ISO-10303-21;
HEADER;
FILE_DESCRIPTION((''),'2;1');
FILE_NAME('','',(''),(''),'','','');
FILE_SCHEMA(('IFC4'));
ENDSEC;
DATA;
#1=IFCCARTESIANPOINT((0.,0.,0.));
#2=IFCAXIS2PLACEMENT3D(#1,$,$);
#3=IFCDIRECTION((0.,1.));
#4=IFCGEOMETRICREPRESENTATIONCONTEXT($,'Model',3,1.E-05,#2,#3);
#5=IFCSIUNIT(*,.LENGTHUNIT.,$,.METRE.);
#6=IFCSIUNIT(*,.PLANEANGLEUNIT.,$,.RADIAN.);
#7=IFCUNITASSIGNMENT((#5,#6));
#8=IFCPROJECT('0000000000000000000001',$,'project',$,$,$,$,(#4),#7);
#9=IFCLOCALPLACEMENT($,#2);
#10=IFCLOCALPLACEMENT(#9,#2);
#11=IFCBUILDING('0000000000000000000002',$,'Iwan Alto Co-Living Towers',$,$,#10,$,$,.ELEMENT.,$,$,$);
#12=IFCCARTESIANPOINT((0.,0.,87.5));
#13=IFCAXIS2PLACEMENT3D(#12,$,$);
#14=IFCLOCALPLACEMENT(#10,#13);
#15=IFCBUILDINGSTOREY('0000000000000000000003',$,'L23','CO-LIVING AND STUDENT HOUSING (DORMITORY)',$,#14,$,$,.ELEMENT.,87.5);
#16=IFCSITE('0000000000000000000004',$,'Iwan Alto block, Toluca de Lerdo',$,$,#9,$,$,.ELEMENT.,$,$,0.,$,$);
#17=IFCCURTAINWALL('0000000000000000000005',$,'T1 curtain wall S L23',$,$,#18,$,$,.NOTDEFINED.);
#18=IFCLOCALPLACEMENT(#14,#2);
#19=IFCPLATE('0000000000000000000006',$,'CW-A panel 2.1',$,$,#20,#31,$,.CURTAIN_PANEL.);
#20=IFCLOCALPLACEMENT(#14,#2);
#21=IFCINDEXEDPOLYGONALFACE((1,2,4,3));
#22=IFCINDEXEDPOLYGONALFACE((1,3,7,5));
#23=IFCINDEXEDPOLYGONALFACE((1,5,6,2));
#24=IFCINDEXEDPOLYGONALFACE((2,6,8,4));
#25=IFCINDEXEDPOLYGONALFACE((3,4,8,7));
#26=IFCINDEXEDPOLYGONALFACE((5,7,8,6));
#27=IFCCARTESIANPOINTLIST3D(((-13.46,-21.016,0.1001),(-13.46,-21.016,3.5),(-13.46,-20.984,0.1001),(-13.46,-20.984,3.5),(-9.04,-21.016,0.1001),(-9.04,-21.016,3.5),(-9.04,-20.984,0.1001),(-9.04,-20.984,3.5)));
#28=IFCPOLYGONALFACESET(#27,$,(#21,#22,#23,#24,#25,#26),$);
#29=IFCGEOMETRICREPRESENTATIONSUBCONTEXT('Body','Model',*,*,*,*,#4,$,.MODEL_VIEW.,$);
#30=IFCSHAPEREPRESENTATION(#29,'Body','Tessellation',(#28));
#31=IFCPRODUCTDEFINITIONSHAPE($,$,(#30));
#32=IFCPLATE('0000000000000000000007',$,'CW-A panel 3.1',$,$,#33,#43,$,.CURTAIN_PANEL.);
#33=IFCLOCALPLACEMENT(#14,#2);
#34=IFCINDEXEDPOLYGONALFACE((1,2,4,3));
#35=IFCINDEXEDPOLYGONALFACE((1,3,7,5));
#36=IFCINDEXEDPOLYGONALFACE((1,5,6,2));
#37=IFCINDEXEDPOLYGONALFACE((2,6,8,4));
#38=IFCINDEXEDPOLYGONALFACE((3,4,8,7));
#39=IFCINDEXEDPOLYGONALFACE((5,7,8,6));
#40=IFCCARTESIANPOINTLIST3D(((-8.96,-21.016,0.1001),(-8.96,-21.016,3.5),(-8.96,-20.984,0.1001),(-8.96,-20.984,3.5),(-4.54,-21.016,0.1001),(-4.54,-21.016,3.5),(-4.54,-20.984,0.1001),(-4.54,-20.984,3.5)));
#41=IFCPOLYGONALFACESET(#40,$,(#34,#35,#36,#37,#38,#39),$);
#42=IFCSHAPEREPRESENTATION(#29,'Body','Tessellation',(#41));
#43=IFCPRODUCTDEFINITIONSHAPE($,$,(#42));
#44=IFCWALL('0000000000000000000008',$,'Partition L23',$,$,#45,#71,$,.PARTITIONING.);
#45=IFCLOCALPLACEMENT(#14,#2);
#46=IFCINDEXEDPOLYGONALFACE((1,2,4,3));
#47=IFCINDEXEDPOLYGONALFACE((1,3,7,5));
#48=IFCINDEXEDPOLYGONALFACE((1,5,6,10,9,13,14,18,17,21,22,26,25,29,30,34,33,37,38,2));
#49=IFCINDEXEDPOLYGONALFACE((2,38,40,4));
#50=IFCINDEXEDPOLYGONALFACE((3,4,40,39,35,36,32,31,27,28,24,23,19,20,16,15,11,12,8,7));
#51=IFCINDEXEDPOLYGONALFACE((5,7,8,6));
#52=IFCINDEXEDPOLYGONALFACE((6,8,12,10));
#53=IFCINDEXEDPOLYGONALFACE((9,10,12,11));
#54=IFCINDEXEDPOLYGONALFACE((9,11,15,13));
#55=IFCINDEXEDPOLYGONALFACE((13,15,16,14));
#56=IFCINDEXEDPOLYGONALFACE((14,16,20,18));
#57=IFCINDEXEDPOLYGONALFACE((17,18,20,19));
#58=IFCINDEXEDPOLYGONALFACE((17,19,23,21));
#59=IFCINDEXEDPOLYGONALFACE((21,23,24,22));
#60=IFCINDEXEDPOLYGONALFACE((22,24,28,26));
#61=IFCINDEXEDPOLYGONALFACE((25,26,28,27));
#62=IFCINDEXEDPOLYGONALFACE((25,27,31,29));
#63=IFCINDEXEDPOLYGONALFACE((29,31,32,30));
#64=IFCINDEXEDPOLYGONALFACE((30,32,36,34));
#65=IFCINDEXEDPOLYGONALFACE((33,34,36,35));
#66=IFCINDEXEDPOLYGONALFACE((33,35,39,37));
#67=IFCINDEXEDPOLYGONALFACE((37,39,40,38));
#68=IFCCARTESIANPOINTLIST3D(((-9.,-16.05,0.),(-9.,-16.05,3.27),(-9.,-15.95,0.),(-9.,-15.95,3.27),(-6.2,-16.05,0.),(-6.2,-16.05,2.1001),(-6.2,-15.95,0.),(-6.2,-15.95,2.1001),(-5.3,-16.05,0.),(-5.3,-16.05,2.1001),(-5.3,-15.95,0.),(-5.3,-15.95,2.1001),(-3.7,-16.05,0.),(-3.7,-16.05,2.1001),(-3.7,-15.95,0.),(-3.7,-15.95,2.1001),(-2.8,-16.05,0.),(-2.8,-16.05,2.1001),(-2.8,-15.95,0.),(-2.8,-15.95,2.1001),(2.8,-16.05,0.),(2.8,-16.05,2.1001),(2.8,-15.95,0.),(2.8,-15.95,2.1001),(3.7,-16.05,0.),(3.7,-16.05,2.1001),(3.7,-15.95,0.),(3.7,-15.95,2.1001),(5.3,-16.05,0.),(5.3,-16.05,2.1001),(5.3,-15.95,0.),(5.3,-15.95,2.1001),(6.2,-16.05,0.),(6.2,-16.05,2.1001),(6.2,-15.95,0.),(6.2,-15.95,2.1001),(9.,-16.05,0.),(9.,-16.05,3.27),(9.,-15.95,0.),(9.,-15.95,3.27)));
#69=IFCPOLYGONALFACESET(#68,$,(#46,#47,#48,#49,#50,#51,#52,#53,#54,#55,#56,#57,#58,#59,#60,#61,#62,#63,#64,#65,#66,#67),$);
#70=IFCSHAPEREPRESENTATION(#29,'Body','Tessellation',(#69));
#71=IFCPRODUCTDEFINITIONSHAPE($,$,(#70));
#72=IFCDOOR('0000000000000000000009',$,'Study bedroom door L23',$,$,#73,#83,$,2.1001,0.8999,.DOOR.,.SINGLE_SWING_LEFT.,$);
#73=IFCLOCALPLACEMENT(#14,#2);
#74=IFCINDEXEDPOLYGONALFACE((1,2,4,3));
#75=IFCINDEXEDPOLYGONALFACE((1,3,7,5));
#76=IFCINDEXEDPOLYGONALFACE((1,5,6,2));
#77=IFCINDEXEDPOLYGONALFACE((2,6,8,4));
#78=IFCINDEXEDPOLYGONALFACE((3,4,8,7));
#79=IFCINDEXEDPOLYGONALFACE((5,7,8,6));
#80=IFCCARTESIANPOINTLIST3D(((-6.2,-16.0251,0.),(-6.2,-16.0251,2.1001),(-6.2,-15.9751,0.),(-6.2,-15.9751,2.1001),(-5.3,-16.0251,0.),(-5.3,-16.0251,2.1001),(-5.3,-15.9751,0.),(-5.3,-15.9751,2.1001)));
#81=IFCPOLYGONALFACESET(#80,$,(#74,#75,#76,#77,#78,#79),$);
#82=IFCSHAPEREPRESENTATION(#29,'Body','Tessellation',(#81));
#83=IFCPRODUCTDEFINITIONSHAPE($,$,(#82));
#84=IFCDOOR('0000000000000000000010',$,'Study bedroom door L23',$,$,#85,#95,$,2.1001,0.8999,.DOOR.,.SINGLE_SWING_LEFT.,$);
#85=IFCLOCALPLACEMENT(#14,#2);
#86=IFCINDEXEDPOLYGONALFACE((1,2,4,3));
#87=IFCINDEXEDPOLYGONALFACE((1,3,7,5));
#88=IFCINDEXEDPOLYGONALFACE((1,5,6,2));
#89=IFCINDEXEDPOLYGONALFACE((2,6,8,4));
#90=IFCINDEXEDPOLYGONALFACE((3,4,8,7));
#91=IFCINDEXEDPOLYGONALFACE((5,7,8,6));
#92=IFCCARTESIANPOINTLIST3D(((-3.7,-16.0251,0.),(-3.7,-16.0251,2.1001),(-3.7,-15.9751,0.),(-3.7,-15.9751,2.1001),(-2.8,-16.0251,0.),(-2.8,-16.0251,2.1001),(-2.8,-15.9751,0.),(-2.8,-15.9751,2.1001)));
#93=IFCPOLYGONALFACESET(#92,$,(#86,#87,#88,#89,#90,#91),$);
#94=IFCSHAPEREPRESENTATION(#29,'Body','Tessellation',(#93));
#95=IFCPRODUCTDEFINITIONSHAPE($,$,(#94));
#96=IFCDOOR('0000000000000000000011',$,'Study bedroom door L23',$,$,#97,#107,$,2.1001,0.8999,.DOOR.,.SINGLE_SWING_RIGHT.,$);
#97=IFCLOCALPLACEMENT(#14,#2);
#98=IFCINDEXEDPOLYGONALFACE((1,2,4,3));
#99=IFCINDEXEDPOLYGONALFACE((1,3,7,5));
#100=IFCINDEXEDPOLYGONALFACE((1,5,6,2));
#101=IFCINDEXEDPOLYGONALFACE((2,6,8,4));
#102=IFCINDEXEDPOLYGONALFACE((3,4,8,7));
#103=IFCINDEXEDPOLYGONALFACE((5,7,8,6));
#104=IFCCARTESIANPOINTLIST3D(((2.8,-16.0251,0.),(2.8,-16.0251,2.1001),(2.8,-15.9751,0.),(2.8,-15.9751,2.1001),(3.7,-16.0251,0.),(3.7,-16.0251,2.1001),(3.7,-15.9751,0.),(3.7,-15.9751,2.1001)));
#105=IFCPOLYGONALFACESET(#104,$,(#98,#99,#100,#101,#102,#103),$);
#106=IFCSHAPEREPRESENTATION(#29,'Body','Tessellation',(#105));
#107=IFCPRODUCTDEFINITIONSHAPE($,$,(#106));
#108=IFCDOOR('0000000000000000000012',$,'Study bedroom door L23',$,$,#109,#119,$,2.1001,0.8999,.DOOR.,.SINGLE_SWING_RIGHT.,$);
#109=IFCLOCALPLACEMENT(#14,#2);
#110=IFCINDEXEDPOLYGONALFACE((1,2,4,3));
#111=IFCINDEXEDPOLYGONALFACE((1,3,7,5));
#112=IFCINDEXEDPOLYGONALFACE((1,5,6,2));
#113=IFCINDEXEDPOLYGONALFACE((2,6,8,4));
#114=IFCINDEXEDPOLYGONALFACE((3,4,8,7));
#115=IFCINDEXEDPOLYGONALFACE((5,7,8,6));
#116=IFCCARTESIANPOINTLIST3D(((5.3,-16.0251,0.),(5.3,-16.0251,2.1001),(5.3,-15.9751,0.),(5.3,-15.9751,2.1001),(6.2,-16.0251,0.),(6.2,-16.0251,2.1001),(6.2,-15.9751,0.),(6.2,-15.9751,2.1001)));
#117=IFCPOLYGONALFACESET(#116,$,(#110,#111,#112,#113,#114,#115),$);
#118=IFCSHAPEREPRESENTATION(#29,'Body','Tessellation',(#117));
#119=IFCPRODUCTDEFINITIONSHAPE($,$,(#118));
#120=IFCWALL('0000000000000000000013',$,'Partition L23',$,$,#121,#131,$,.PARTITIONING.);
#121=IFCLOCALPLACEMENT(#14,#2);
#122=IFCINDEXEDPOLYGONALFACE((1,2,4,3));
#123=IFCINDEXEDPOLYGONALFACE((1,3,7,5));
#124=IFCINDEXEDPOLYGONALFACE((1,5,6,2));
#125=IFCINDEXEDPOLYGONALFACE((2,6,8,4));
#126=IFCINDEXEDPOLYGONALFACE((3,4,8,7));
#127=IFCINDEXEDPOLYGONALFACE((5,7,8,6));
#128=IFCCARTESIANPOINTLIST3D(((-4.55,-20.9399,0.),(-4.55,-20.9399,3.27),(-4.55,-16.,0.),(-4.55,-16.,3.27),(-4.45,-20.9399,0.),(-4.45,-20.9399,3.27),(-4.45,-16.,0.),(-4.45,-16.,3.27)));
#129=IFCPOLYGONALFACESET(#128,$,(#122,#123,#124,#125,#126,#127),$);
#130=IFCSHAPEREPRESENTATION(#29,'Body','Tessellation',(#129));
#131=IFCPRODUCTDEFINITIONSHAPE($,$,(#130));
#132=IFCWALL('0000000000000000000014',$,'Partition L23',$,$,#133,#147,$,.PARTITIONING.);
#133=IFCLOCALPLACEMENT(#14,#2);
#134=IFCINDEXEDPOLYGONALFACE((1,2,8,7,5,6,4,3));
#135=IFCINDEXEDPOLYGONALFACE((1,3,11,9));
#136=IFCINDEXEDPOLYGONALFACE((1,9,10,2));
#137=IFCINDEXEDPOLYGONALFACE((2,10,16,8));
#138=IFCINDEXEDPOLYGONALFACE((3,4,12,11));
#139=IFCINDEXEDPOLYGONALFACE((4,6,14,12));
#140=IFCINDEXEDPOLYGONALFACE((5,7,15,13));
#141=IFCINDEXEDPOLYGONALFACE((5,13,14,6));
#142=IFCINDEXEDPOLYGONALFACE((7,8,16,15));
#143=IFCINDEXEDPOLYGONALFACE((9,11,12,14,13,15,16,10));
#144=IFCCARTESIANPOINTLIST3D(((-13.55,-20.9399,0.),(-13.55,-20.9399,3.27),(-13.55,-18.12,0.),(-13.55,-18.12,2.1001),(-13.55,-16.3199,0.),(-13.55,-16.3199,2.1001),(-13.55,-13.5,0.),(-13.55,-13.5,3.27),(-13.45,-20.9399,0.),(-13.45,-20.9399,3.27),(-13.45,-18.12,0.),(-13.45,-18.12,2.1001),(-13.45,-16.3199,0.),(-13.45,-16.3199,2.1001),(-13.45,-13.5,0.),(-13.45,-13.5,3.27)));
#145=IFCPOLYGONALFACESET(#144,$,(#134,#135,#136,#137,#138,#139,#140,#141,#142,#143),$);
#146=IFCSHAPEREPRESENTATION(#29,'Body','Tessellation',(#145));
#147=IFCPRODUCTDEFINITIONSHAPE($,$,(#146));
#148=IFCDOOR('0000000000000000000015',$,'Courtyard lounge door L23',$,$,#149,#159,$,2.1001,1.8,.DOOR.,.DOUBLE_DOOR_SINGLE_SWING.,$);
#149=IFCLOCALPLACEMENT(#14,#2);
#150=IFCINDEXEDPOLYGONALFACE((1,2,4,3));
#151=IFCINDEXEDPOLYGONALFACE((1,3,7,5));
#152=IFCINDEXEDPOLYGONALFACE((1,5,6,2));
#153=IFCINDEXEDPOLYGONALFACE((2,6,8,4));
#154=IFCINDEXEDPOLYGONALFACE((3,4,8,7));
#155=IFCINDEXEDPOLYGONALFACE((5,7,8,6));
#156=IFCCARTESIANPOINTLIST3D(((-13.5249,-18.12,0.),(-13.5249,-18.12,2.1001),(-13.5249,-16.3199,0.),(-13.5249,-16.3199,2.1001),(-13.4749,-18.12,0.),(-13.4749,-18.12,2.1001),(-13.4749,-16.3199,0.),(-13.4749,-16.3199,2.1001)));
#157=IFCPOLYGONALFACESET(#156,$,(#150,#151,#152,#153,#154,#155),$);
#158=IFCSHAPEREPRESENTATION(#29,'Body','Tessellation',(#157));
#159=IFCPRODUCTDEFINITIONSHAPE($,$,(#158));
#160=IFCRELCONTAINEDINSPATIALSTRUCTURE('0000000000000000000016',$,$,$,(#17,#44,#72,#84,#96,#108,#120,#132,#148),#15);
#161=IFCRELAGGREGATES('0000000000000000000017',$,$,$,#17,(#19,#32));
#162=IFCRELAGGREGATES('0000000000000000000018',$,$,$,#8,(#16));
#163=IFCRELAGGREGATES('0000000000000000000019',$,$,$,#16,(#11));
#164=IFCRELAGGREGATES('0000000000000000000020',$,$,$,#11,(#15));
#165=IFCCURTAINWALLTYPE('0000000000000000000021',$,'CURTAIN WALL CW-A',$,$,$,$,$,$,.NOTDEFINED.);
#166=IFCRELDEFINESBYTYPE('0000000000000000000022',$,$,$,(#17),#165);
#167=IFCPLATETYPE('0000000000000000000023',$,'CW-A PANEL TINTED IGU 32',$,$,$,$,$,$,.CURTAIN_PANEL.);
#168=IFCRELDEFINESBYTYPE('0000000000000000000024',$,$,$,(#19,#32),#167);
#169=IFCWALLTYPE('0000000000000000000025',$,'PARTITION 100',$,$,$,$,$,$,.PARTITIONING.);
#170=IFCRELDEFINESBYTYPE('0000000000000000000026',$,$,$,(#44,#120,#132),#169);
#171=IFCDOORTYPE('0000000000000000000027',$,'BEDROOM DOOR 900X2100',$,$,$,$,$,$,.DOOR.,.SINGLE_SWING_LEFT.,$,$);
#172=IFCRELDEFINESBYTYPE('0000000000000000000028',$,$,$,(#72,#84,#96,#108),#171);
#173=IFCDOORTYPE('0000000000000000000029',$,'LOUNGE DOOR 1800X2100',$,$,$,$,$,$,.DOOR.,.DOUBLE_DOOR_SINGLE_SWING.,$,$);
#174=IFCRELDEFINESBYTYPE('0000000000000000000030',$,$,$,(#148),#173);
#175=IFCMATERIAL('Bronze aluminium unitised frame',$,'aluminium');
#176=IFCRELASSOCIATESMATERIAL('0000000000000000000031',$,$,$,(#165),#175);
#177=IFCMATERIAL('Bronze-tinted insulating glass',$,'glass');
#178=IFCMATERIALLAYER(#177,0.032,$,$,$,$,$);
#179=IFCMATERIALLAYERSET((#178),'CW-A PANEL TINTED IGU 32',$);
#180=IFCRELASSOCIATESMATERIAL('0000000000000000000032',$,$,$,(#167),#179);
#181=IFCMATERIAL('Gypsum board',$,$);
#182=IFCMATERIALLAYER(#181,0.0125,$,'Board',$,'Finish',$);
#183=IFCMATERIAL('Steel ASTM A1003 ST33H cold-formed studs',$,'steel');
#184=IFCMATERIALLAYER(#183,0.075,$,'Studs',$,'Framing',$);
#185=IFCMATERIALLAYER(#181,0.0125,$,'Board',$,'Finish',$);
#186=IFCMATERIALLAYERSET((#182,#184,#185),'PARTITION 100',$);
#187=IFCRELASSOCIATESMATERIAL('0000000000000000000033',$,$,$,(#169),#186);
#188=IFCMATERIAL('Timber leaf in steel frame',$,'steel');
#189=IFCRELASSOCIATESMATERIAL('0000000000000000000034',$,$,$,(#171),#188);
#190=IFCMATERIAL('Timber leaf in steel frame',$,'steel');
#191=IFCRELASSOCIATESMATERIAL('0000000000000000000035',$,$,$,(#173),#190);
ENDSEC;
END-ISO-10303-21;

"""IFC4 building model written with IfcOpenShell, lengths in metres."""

from ifc_helpers import new_model, si_unit, direction, frame, frame_2d, origin, origin_2d, place, context, subcontext, project, spatial, rectangle, extrude, material, layer, layer_set, type_object, element, fill, aggregate, save


model = new_model("IFC4")

# Units and contexts
model_context = context("Model", 3, precision=1e-05, world=origin(), true_north=direction((0.0, 1.0)))
body_context = subcontext(model_context, "Body", "Model", "MODEL_VIEW")
ifc_project = project(units=[si_unit("LENGTHUNIT", "METRE"), si_unit("PLANEANGLEUNIT", "RADIAN")], contexts=[model_context])

# Site, building, storey
site_placement = place(None, origin())
site = spatial("IfcSite", under=ifc_project, at=site_placement, Name="Iwan Alto block, Toluca de Lerdo", CompositionType="ELEMENT", RefElevation=0.0)
building_placement = place(site_placement, origin())
building = spatial("IfcBuilding", under=site, at=building_placement, Name="Iwan Alto Co-Living Towers", CompositionType="ELEMENT")
storey_placement = place(building_placement, frame((0.0, 0.0, 87.5)))
storey = spatial("IfcBuildingStorey", under=building, at=storey_placement, Name="L23", Description="CO-LIVING AND STUDENT HOUSING (DORMITORY)", CompositionType="ELEMENT", Elevation=87.5)

# Curtain wall
ifc_material_1 = material(Name="Bronze aluminium unitised frame", Category="aluminium")
curtain_wall_type = type_object("IfcCurtainWallType", Name="CURTAIN WALL CW-A", PredefinedType="NOTDEFINED", material=ifc_material_1)
curtain_wall_placement = place(storey_placement, origin())
curtain_wall = element("IfcCurtainWall", 1, at=curtain_wall_placement, inside=storey, type_object=curtain_wall_type, Name="T1 curtain wall S L23", PredefinedType="NOTDEFINED")

# Plates
ifc_material_2 = material(Name="Bronze-tinted insulating glass", Category="glass")
ifc_layer_1 = layer(ifc_material_2, 0.032)
ifc_layer_set_1 = layer_set([ifc_layer_1], Name="CW-A PANEL TINTED IGU 32")
plate_type = type_object("IfcPlateType", Name="CW-A PANEL TINTED IGU 32", PredefinedType="CURTAIN_PANEL", material=ifc_layer_set_1)
plate_1_placement = place(storey_placement, frame((-11.25, -21.0, 0.1001), z_axis=(0.0, 0.0, 1.0), x_axis=(1.0, 0.0, 0.0)))
plate_1 = element("IfcPlate", 2, at=plate_1_placement, type_object=plate_type, Name="CW-A panel 2.1", PredefinedType="CURTAIN_PANEL", context=body_context, shape_type="SweptSolid", body=[
    extrude(rectangle(XDim=4.4199, YDim=0.032, at=origin_2d()), origin(), (0.0, 0.0, 1.0), 3.3999),
])
plate_2_placement = place(storey_placement, frame((-6.75, -21.0, 0.1001), z_axis=(0.0, 0.0, 1.0), x_axis=(1.0, 0.0, 0.0)))
plate_2 = element("IfcPlate", 3, at=plate_2_placement, type_object=plate_type, Name="CW-A panel 3.1", PredefinedType="CURTAIN_PANEL", context=body_context, shape_type="SweptSolid", body=[
    extrude(rectangle(XDim=4.4199, YDim=0.032, at=origin_2d()), origin(), (0.0, 0.0, 1.0), 3.3999),
])
aggregate(curtain_wall, [plate_1, plate_2])

# Wall, openings, doors
ifc_material_3 = material(Name="Gypsum board")
ifc_layer_2 = layer(ifc_material_3, 0.0125, Name="Board", Category="Finish")
ifc_material_4 = material(Name="Steel ASTM A1003 ST33H cold-formed studs", Category="steel")
ifc_layer_3 = layer(ifc_material_4, 0.075, Name="Studs", Category="Framing")
ifc_layer_4 = layer(ifc_material_3, 0.0125, Name="Board", Category="Finish")
ifc_layer_set_2 = layer_set([ifc_layer_2, ifc_layer_3, ifc_layer_4], Name="PARTITION 100")
wall_type_1 = type_object("IfcWallType", Name="PARTITION 100", PredefinedType="PARTITIONING", material=ifc_layer_set_2)
wall_1_placement = place(storey_placement, frame((-9.0, -16.0, 0.0), z_axis=(0.0, 0.0, 1.0), x_axis=(1.0, 0.0, 0.0)))
wall_1 = element("IfcWall", 4, at=wall_1_placement, inside=storey, type_object=wall_type_1, Name="Partition L23", PredefinedType="PARTITIONING", context=body_context, shape_type="SweptSolid", body=[
    extrude(rectangle(XDim=18.0, YDim=0.1001, at=frame_2d((9.0, 0.0))), origin(), (0.0, 0.0, 1.0), 3.27),
])
opening_1_placement = place(wall_1_placement, frame((2.8, 0.0, 0.0)))
opening_1 = element("IfcOpeningElement", 5, at=opening_1_placement, cuts=wall_1, PredefinedType="OPENING", context=body_context, shape_type="SweptSolid", body=[
    extrude(rectangle(XDim=0.8999, YDim=2.1001, at=frame_2d((0.45, 1.05))), frame((0.0, 0.0601, 0.0), z_axis=(0.0, -1.0, 0.0), x_axis=(1.0, 0.0, 0.0)), (0.0, 0.0, 1.0), 0.1201),
])
opening_2_placement = place(wall_1_placement, frame((5.3, 0.0, 0.0)))
opening_2 = element("IfcOpeningElement", 6, at=opening_2_placement, cuts=wall_1, PredefinedType="OPENING", context=body_context, shape_type="SweptSolid", body=[
    extrude(rectangle(XDim=0.8999, YDim=2.1001, at=frame_2d((0.45, 1.05))), frame((0.0, 0.0601, 0.0), z_axis=(0.0, -1.0, 0.0), x_axis=(1.0, 0.0, 0.0)), (0.0, 0.0, 1.0), 0.1201),
])
opening_3_placement = place(wall_1_placement, frame((11.8, 0.0, 0.0)))
opening_3 = element("IfcOpeningElement", 7, at=opening_3_placement, cuts=wall_1, PredefinedType="OPENING", context=body_context, shape_type="SweptSolid", body=[
    extrude(rectangle(XDim=0.8999, YDim=2.1001, at=frame_2d((0.45, 1.05))), frame((0.0, 0.0601, 0.0), z_axis=(0.0, -1.0, 0.0), x_axis=(1.0, 0.0, 0.0)), (0.0, 0.0, 1.0), 0.1201),
])
opening_4_placement = place(wall_1_placement, frame((14.3, 0.0, 0.0)))
opening_4 = element("IfcOpeningElement", 8, at=opening_4_placement, cuts=wall_1, PredefinedType="OPENING", context=body_context, shape_type="SweptSolid", body=[
    extrude(rectangle(XDim=0.8999, YDim=2.1001, at=frame_2d((0.45, 1.05))), frame((0.0, 0.0601, 0.0), z_axis=(0.0, -1.0, 0.0), x_axis=(1.0, 0.0, 0.0)), (0.0, 0.0, 1.0), 0.1201),
])
ifc_material_5 = material(Name="Timber leaf in steel frame", Category="steel")
door_type_1 = type_object("IfcDoorType", Name="BEDROOM DOOR 900X2100", OperationType="SINGLE_SWING_LEFT", PredefinedType="DOOR", material=ifc_material_5)
door_1_placement = place(opening_1_placement, origin())
door_1 = element("IfcDoor", 9, at=door_1_placement, inside=storey, type_object=door_type_1, Name="Study bedroom door L23", OperationType="SINGLE_SWING_LEFT", OverallHeight=2.1001, OverallWidth=0.8999, PredefinedType="DOOR", context=body_context, shape_type="SweptSolid", body=[
    extrude(rectangle(XDim=0.8999, YDim=2.1001, at=frame_2d((0.45, 1.05))), frame((0.0, 0.0249, 0.0), z_axis=(0.0, -1.0, 0.0), x_axis=(1.0, 0.0, 0.0)), (0.0, 0.0, 1.0), 0.05),
])
fill(opening_1, door_1)
door_2_placement = place(opening_2_placement, origin())
door_2 = element("IfcDoor", 10, at=door_2_placement, inside=storey, type_object=door_type_1, Name="Study bedroom door L23", OperationType="SINGLE_SWING_LEFT", OverallHeight=2.1001, OverallWidth=0.8999, PredefinedType="DOOR", context=body_context, shape_type="SweptSolid", body=[
    extrude(rectangle(XDim=0.8999, YDim=2.1001, at=frame_2d((0.45, 1.05))), frame((0.0, 0.0249, 0.0), z_axis=(0.0, -1.0, 0.0), x_axis=(1.0, 0.0, 0.0)), (0.0, 0.0, 1.0), 0.05),
])
fill(opening_2, door_2)
door_3_placement = place(opening_3_placement, origin())
door_3 = element("IfcDoor", 11, at=door_3_placement, inside=storey, type_object=door_type_1, Name="Study bedroom door L23", OperationType="SINGLE_SWING_RIGHT", OverallHeight=2.1001, OverallWidth=0.8999, PredefinedType="DOOR", context=body_context, shape_type="SweptSolid", body=[
    extrude(rectangle(XDim=0.8999, YDim=2.1001, at=frame_2d((0.45, 1.05))), frame((0.0, 0.0249, 0.0), z_axis=(0.0, -1.0, 0.0), x_axis=(1.0, 0.0, 0.0)), (0.0, 0.0, 1.0), 0.05),
])
fill(opening_3, door_3)
door_4_placement = place(opening_4_placement, origin())
door_4 = element("IfcDoor", 12, at=door_4_placement, inside=storey, type_object=door_type_1, Name="Study bedroom door L23", OperationType="SINGLE_SWING_RIGHT", OverallHeight=2.1001, OverallWidth=0.8999, PredefinedType="DOOR", context=body_context, shape_type="SweptSolid", body=[
    extrude(rectangle(XDim=0.8999, YDim=2.1001, at=frame_2d((0.45, 1.05))), frame((0.0, 0.0249, 0.0), z_axis=(0.0, -1.0, 0.0), x_axis=(1.0, 0.0, 0.0)), (0.0, 0.0, 1.0), 0.05),
])
fill(opening_4, door_4)

# Wall
wall_2_placement = place(storey_placement, frame((-4.5, -20.9399, 0.0), z_axis=(0.0, 0.0, 1.0), x_axis=(0.0, 1.0, 0.0)))
element("IfcWall", 13, at=wall_2_placement, inside=storey, type_object=wall_type_1, Name="Partition L23", PredefinedType="PARTITIONING", context=body_context, shape_type="SweptSolid", body=[
    extrude(rectangle(XDim=4.9399, YDim=0.1001, at=frame_2d((2.47, 0.0))), origin(), (0.0, 0.0, 1.0), 3.27),
])

# Wall, opening, door
wall_3_placement = place(storey_placement, frame((-13.5, -20.9399, 0.0), z_axis=(0.0, 0.0, 1.0), x_axis=(0.0, 1.0, 0.0)))
wall_3 = element("IfcWall", 14, at=wall_3_placement, inside=storey, type_object=wall_type_1, Name="Partition L23", PredefinedType="PARTITIONING", context=body_context, shape_type="SweptSolid", body=[
    extrude(rectangle(XDim=7.4399, YDim=0.1001, at=frame_2d((3.72, 0.0))), origin(), (0.0, 0.0, 1.0), 3.27),
])
opening_5_placement = place(wall_3_placement, frame((2.8201, 0.0, 0.0)))
opening_5 = element("IfcOpeningElement", 15, at=opening_5_placement, cuts=wall_3, PredefinedType="OPENING", context=body_context, shape_type="SweptSolid", body=[
    extrude(rectangle(XDim=1.8, YDim=2.1001, at=frame_2d((0.8999, 1.05))), frame((0.0, 0.0601, 0.0), z_axis=(0.0, -1.0, 0.0), x_axis=(1.0, 0.0, 0.0)), (0.0, 0.0, 1.0), 0.1201),
])
ifc_material_6 = material(Name="Timber leaf in steel frame", Category="steel")
door_type_2 = type_object("IfcDoorType", Name="LOUNGE DOOR 1800X2100", OperationType="DOUBLE_DOOR_SINGLE_SWING", PredefinedType="DOOR", material=ifc_material_6)
door_5_placement = place(opening_5_placement, origin())
door_5 = element("IfcDoor", 16, at=door_5_placement, inside=storey, type_object=door_type_2, Name="Courtyard lounge door L23", OperationType="DOUBLE_DOOR_SINGLE_SWING", OverallHeight=2.1001, OverallWidth=1.8, PredefinedType="DOOR", context=body_context, shape_type="SweptSolid", body=[
    extrude(rectangle(XDim=1.8, YDim=2.1001, at=frame_2d((0.8999, 1.05))), frame((0.0, 0.0249, 0.0), z_axis=(0.0, -1.0, 0.0), x_axis=(1.0, 0.0, 0.0)), (0.0, 0.0, 1.0), 0.05),
])
fill(opening_5, door_5)

save(model, "model.ifc")
